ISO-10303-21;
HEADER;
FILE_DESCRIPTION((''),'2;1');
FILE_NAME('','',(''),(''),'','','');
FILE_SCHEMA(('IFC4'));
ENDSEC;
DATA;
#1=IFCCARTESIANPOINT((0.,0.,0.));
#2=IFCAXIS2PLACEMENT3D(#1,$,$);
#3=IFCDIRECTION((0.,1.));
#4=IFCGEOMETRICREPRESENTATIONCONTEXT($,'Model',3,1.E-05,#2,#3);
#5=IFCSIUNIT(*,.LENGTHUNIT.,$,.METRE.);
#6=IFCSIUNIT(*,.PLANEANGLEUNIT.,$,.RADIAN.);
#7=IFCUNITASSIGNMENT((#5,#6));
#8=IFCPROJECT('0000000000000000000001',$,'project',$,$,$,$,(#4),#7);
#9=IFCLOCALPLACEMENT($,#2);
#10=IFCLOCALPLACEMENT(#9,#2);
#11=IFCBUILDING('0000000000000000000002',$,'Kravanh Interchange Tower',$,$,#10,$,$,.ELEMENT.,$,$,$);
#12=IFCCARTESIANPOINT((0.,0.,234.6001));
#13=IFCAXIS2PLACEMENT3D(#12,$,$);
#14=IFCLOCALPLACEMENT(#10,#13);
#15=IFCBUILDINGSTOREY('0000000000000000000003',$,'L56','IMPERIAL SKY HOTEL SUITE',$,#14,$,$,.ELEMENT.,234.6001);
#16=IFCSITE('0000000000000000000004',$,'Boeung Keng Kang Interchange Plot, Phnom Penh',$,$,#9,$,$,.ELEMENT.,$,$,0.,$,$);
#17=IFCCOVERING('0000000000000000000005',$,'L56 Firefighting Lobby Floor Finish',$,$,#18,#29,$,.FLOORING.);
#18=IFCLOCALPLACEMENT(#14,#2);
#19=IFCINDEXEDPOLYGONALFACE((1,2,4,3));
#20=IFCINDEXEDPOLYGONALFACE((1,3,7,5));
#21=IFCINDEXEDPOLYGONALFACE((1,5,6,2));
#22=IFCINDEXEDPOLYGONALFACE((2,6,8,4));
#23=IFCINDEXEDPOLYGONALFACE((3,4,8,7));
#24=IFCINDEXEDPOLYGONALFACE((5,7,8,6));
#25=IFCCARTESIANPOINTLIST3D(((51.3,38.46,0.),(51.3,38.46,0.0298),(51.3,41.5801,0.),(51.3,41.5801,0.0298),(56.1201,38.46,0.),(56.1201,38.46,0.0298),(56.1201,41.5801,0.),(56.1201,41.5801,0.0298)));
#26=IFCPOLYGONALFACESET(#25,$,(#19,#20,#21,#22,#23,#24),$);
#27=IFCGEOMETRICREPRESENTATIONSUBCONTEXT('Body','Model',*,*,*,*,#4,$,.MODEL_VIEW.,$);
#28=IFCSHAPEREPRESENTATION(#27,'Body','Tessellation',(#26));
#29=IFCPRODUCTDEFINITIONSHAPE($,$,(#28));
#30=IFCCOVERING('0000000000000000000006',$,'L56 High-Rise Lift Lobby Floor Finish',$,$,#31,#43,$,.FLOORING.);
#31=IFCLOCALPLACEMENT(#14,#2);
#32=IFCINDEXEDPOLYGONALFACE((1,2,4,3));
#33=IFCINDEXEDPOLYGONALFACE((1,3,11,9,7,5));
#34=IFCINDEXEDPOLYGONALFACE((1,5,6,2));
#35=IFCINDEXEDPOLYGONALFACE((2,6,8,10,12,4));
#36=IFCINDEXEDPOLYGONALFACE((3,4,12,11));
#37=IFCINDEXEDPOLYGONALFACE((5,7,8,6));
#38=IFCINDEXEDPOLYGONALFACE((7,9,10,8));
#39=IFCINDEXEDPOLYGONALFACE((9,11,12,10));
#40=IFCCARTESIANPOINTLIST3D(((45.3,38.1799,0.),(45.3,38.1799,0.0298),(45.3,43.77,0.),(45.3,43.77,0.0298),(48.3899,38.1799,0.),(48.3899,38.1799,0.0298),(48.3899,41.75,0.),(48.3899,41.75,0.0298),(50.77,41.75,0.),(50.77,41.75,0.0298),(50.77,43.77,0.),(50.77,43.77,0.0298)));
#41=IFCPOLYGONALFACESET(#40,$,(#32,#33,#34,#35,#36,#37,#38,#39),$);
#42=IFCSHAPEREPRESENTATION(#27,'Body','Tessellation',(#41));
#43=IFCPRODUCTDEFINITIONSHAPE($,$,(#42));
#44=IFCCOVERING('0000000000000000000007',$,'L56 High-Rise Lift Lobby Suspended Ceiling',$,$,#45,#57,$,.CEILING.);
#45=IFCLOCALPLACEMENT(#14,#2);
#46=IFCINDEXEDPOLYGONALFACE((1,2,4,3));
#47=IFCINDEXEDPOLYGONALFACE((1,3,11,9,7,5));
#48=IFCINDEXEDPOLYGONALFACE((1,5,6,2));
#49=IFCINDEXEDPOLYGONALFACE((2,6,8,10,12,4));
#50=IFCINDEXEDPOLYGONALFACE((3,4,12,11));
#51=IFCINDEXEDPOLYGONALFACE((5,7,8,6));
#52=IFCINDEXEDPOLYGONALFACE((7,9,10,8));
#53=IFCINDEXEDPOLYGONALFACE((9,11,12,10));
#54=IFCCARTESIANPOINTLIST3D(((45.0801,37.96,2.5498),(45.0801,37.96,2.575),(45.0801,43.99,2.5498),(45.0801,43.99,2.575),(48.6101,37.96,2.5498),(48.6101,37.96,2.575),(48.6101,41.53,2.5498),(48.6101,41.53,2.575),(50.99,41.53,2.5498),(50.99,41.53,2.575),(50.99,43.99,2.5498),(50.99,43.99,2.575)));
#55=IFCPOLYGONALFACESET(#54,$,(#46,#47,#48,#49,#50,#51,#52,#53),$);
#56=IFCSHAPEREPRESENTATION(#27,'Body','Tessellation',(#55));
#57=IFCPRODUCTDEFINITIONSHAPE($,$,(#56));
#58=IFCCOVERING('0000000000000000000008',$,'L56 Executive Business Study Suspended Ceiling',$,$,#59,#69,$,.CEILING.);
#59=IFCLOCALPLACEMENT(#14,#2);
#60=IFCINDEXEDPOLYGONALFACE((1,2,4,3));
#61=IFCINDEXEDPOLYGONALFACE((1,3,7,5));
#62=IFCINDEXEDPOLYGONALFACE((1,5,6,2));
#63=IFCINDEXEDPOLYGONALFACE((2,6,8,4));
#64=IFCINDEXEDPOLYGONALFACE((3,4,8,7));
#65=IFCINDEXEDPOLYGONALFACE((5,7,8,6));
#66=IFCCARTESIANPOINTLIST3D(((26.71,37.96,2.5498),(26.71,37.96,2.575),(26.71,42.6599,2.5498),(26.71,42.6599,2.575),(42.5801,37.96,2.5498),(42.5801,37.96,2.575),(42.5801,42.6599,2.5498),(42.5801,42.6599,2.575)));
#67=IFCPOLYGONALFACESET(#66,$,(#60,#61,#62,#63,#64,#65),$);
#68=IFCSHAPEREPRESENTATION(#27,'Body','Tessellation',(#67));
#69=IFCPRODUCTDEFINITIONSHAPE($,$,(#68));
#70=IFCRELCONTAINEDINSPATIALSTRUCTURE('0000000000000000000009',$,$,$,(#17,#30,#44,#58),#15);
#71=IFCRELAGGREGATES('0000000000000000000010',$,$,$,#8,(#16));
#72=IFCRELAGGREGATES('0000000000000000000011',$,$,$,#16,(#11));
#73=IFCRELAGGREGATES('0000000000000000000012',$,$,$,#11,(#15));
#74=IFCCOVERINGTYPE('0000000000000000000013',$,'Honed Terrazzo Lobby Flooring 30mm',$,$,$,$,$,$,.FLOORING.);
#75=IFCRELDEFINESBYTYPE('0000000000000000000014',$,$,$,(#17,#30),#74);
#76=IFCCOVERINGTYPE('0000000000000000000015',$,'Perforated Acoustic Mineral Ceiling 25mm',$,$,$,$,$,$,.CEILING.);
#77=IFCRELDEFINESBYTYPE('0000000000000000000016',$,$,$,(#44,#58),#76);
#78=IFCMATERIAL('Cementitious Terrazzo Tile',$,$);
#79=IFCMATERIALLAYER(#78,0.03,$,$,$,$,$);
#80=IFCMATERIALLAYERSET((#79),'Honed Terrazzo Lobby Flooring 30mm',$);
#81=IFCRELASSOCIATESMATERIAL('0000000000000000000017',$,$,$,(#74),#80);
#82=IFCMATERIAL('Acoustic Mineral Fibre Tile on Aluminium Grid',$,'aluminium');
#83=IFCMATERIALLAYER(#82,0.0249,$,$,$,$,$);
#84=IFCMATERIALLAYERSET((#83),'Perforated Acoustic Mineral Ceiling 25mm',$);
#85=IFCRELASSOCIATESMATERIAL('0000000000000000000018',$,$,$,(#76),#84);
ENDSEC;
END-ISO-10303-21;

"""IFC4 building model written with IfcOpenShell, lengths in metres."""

from ifc_helpers import new_model, si_unit, direction, frame, origin, place, context, subcontext, project, spatial, polyline, outline, extrude, material, layer, layer_set, type_object, element, save


model = new_model("IFC4")

# Units and contexts
model_context = context("Model", 3, precision=1e-05, world=origin(), true_north=direction((0.0, 1.0)))
body_context = subcontext(model_context, "Body", "Model", "MODEL_VIEW")
ifc_project = project(units=[si_unit("LENGTHUNIT", "METRE"), si_unit("PLANEANGLEUNIT", "RADIAN")], contexts=[model_context])

# Site, building, storey
site_placement = place(None, origin())
site = spatial("IfcSite", under=ifc_project, at=site_placement, Name="Boeung Keng Kang Interchange Plot, Phnom Penh", CompositionType="ELEMENT", RefElevation=0.0)
building_placement = place(site_placement, origin())
building = spatial("IfcBuilding", under=site, at=building_placement, Name="Kravanh Interchange Tower", CompositionType="ELEMENT")
storey_placement = place(building_placement, frame((0.0, 0.0, 234.6001)))
storey = spatial("IfcBuildingStorey", under=building, at=storey_placement, Name="L56", Description="IMPERIAL SKY HOTEL SUITE", CompositionType="ELEMENT", Elevation=234.6001)

# Coverings
ifc_material_1 = material(Name="Cementitious Terrazzo Tile")
ifc_layer_1 = layer(ifc_material_1, 0.03)
ifc_layer_set_1 = layer_set([ifc_layer_1], Name="Honed Terrazzo Lobby Flooring 30mm")
covering_type_1 = type_object("IfcCoveringType", Name="Honed Terrazzo Lobby Flooring 30mm", PredefinedType="FLOORING", material=ifc_layer_set_1)
covering_1_placement = place(storey_placement, origin())
element("IfcCovering", 1, at=covering_1_placement, inside=storey, type_object=covering_type_1, Name="L56 Firefighting Lobby Floor Finish", PredefinedType="FLOORING", context=body_context, shape_type="SweptSolid", body=[
    extrude(outline(polyline([(56.1201, 38.46), (51.3, 38.46), (51.3, 41.5801), (56.1201, 41.5801), (56.1201, 38.46)])), origin(), (0.0, 0.0, 1.0), 0.0298),
])
covering_2_placement = place(storey_placement, origin())
element("IfcCovering", 2, at=covering_2_placement, inside=storey, type_object=covering_type_1, Name="L56 High-Rise Lift Lobby Floor Finish", PredefinedType="FLOORING", context=body_context, shape_type="SweptSolid", body=[
    extrude(outline(polyline([(45.3, 43.77), (50.77, 43.77), (50.77, 41.75), (48.3899, 41.75), (48.3899, 38.1799), (45.3, 38.1799), (45.3, 43.77)])), origin(), (0.0, 0.0, 1.0), 0.0298),
])
ifc_material_2 = material(Name="Acoustic Mineral Fibre Tile on Aluminium Grid", Category="aluminium")
ifc_layer_2 = layer(ifc_material_2, 0.0249)
ifc_layer_set_2 = layer_set([ifc_layer_2], Name="Perforated Acoustic Mineral Ceiling 25mm")
covering_type_2 = type_object("IfcCoveringType", Name="Perforated Acoustic Mineral Ceiling 25mm", PredefinedType="CEILING", material=ifc_layer_set_2)
covering_3_placement = place(storey_placement, frame((0.0, 0.0, 2.5498)))
element("IfcCovering", 3, at=covering_3_placement, inside=storey, type_object=covering_type_2, Name="L56 High-Rise Lift Lobby Suspended Ceiling", PredefinedType="CEILING", context=body_context, shape_type="SweptSolid", body=[
    extrude(outline(polyline([(50.99, 41.53), (48.6101, 41.53), (48.6101, 37.96), (45.0801, 37.96), (45.0801, 43.99), (50.99, 43.99), (50.99, 41.53)])), origin(), (0.0, 0.0, 1.0), 0.0251),
])
covering_4_placement = place(storey_placement, frame((0.0, 0.0, 2.5498)))
element("IfcCovering", 4, at=covering_4_placement, inside=storey, type_object=covering_type_2, Name="L56 Executive Business Study Suspended Ceiling", PredefinedType="CEILING", context=body_context, shape_type="SweptSolid", body=[
    extrude(outline(polyline([(42.5801, 42.6599), (42.5801, 37.96), (26.71, 37.96), (26.71, 42.6599), (42.5801, 42.6599)])), origin(), (0.0, 0.0, 1.0), 0.0251),
])

save(model, "model.ifc")
